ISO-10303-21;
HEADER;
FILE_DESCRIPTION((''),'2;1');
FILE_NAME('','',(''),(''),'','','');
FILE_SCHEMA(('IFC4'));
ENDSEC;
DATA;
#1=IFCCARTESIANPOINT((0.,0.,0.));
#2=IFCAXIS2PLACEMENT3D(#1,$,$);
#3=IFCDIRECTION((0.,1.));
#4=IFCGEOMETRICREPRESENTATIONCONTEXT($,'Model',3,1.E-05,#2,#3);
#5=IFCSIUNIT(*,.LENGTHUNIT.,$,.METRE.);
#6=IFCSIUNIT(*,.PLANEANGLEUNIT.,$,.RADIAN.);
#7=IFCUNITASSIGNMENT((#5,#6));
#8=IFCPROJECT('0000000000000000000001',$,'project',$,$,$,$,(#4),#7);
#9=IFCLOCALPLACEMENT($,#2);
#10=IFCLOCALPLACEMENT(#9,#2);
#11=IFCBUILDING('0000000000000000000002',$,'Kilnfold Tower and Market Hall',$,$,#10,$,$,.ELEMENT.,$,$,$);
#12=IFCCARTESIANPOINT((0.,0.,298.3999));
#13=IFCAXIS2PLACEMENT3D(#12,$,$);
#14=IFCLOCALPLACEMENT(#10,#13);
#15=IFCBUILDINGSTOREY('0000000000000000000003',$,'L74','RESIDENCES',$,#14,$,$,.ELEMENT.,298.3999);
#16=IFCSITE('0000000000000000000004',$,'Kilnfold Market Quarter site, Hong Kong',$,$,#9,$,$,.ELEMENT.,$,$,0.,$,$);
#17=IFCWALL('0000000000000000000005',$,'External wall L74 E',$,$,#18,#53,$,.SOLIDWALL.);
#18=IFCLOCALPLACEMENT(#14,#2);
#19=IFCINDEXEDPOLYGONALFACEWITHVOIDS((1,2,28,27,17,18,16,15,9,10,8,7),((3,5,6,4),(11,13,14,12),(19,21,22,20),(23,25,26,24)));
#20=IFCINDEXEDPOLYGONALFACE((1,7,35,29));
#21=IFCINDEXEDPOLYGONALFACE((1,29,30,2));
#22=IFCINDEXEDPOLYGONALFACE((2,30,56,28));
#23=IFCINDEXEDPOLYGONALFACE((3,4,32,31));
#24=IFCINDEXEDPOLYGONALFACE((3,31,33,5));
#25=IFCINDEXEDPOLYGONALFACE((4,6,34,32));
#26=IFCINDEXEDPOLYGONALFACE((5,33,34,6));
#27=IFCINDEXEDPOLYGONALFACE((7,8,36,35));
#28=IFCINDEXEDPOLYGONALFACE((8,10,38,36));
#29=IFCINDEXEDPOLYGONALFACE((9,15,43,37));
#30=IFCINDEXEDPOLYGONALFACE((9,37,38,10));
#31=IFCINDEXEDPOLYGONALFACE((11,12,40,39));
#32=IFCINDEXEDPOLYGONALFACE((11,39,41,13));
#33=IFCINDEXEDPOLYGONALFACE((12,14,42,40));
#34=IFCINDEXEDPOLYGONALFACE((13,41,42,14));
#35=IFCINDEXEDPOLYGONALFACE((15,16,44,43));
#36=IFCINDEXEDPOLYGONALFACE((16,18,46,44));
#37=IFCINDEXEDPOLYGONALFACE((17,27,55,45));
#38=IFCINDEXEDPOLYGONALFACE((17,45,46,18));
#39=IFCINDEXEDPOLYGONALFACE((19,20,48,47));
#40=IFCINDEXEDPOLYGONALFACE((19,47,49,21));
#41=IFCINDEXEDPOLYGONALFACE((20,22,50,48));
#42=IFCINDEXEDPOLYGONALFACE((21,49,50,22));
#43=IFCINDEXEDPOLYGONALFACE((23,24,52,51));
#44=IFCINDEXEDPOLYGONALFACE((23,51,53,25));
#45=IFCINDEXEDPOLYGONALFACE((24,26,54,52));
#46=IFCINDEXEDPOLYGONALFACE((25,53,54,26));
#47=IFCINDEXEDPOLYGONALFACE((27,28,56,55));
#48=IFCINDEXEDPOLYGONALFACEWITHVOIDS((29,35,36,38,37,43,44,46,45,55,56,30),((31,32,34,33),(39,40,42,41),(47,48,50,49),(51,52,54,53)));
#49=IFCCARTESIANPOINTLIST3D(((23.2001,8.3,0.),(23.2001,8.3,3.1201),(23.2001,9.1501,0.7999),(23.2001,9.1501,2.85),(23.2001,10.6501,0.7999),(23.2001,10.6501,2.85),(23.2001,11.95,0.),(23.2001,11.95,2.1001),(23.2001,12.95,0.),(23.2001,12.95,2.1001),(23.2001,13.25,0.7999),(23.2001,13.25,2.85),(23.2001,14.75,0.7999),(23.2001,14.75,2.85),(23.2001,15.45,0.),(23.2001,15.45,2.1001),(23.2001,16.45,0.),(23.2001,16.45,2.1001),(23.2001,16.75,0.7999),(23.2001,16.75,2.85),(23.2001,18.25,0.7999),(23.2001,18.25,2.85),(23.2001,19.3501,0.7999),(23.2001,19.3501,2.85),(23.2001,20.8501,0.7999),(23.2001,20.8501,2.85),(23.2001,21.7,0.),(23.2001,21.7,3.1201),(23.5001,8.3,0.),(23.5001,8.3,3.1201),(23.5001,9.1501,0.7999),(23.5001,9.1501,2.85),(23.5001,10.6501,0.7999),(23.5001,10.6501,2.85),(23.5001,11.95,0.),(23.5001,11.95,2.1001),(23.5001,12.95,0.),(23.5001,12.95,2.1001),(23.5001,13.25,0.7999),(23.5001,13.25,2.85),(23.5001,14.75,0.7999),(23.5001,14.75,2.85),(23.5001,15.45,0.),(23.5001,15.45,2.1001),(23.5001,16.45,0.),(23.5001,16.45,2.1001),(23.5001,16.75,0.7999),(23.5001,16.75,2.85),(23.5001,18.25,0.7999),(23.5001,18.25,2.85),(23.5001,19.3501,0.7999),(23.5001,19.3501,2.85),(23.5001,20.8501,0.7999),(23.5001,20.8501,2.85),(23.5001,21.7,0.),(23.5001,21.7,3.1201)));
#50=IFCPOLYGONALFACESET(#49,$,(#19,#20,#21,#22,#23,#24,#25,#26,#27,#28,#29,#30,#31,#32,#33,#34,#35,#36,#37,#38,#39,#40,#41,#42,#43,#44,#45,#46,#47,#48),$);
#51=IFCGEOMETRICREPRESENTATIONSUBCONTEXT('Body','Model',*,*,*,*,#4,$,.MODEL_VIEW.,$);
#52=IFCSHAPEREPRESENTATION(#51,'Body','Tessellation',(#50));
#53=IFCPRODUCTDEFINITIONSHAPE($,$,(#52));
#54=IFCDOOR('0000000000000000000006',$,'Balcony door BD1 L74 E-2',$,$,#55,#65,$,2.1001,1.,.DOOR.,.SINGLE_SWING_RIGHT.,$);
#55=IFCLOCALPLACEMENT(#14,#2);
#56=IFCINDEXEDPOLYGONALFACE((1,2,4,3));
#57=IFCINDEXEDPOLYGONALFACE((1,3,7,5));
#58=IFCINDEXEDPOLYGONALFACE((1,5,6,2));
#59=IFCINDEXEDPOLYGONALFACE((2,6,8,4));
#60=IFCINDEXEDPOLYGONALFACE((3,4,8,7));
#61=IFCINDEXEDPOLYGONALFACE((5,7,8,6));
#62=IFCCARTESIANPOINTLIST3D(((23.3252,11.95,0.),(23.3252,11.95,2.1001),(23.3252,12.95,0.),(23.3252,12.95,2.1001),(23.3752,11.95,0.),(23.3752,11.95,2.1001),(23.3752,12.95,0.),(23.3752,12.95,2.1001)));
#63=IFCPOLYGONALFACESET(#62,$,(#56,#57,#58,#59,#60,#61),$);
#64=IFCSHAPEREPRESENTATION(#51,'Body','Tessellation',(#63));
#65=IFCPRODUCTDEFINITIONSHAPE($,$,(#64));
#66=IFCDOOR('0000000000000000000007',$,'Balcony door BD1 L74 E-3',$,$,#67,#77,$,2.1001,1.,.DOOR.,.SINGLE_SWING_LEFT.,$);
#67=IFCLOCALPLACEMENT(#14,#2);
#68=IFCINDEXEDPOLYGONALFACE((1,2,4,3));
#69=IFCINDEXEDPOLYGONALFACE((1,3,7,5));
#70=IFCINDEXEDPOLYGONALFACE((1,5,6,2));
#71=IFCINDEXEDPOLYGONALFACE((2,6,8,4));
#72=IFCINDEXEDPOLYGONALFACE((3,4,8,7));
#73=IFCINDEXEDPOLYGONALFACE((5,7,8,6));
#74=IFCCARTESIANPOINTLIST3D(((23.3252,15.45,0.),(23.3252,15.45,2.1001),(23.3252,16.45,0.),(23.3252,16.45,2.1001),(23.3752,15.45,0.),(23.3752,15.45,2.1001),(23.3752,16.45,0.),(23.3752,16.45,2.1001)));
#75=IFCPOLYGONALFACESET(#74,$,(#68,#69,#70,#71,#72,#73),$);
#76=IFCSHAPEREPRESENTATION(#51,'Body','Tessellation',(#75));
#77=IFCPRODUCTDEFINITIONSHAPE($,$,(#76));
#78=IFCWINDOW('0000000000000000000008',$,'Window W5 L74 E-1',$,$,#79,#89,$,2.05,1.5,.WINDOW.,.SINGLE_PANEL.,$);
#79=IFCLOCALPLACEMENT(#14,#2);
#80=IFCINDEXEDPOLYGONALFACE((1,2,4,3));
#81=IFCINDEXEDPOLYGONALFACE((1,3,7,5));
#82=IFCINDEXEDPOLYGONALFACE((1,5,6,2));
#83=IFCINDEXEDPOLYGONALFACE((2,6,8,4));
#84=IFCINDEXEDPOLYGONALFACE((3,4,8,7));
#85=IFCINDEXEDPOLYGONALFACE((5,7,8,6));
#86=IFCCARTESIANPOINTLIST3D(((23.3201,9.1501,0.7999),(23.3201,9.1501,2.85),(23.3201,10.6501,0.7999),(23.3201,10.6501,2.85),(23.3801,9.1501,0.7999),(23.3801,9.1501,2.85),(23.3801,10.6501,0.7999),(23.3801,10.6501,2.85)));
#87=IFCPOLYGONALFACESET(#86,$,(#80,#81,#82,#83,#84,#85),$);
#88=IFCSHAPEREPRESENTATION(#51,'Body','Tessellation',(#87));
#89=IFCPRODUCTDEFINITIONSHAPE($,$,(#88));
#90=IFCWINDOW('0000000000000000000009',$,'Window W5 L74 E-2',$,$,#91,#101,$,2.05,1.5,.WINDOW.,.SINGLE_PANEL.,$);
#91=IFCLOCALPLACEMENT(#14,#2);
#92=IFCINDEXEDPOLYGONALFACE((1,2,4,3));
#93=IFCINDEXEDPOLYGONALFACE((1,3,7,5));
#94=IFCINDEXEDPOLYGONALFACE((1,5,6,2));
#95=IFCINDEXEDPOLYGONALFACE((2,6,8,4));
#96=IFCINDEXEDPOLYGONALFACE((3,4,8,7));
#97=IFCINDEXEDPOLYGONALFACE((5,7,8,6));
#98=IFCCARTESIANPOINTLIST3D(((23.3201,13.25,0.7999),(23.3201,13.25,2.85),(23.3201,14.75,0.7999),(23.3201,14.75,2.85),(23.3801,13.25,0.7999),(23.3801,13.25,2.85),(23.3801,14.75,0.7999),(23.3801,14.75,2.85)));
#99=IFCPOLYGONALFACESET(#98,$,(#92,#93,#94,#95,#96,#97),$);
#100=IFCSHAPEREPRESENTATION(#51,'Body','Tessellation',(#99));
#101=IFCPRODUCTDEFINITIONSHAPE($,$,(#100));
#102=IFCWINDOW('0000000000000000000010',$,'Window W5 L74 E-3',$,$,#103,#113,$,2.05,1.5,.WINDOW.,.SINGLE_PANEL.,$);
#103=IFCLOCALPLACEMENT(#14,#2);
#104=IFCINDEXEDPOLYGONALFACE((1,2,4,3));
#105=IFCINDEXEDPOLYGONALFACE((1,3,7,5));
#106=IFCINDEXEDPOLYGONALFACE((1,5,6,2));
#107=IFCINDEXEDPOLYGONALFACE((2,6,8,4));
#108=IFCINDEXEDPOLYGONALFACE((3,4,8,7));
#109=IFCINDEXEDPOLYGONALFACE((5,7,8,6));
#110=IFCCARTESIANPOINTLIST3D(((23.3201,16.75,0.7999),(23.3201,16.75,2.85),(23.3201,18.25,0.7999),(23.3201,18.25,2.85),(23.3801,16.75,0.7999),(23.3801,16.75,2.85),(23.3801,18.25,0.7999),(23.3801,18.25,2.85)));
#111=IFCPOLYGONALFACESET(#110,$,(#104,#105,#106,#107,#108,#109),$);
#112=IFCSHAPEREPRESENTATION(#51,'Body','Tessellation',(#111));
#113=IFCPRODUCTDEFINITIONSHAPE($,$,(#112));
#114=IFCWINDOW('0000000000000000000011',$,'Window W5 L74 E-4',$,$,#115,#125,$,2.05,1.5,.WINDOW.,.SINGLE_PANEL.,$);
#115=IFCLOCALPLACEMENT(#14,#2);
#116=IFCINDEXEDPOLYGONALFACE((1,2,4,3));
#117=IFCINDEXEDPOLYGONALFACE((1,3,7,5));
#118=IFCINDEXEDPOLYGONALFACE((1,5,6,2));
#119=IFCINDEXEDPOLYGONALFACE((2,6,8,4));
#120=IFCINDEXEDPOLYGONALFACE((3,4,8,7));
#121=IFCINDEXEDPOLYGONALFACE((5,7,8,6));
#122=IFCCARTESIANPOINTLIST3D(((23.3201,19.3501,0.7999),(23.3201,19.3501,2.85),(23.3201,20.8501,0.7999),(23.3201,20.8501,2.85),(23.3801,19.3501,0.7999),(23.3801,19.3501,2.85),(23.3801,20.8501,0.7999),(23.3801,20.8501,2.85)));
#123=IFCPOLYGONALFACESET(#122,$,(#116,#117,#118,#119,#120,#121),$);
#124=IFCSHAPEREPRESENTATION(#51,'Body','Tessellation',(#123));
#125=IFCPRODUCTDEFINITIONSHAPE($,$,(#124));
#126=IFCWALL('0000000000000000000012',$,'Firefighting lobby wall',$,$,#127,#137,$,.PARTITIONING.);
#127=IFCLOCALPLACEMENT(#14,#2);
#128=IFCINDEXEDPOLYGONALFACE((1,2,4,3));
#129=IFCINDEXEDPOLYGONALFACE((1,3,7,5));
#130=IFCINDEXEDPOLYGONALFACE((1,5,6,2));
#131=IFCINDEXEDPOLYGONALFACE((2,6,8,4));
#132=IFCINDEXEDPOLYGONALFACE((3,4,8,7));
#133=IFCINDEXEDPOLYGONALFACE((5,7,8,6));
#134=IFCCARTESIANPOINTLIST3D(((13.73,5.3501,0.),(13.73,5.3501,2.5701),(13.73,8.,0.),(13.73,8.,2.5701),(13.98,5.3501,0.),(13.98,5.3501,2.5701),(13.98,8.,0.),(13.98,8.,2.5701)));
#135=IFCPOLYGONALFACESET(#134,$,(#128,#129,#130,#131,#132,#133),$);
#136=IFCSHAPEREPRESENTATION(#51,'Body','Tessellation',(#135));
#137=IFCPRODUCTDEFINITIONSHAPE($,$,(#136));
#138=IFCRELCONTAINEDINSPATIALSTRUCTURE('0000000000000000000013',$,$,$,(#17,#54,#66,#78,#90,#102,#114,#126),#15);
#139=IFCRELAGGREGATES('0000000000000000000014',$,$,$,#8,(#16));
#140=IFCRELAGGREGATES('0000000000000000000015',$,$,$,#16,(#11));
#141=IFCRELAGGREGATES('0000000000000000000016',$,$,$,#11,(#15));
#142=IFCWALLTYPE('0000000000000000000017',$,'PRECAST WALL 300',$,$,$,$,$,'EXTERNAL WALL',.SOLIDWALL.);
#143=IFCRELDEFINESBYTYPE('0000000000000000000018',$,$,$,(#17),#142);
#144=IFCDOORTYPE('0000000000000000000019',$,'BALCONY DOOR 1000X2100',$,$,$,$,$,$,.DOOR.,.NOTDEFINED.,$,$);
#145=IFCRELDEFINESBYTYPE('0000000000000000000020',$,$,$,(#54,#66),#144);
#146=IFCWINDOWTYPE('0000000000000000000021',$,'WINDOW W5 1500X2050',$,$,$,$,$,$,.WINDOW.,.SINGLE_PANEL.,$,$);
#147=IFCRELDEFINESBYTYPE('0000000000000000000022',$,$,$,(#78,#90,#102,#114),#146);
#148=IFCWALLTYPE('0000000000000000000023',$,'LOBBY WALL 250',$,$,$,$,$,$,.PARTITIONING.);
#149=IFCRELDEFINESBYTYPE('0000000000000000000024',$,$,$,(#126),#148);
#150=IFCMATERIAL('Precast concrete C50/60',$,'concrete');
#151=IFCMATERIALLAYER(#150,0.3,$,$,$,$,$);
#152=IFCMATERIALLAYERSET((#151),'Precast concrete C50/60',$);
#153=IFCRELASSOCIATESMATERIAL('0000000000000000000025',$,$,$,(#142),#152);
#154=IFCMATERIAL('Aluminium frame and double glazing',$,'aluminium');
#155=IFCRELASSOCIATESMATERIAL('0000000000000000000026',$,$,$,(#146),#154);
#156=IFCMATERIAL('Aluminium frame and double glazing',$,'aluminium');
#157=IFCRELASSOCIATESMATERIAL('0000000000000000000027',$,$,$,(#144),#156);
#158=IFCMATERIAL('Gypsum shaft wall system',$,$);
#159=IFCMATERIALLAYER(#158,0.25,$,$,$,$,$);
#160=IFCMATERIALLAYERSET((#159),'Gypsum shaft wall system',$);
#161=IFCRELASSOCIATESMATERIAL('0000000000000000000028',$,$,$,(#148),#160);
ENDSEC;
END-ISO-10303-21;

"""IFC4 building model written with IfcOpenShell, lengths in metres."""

from ifc_helpers import new_model, si_unit, direction, frame, frame_2d, origin, place, context, subcontext, project, spatial, rectangle, extrude, source, transform, mapped, material, layer, layer_set, type_object, element, fill, save


model = new_model("IFC4")

# Units and contexts
model_context = context("Model", 3, precision=1e-05, world=origin(), true_north=direction((0.0, 1.0)))
body_context = subcontext(model_context, "Body", "Model", "MODEL_VIEW")
ifc_project = project(units=[si_unit("LENGTHUNIT", "METRE"), si_unit("PLANEANGLEUNIT", "RADIAN")], contexts=[model_context])

# Site, building, storey
site_placement = place(None, origin())
site = spatial("IfcSite", under=ifc_project, at=site_placement, Name="Kilnfold Market Quarter site, Hong Kong", CompositionType="ELEMENT", RefElevation=0.0)
building_placement = place(site_placement, origin())
building = spatial("IfcBuilding", under=site, at=building_placement, Name="Kilnfold Tower and Market Hall", CompositionType="ELEMENT")
storey_placement = place(building_placement, frame((0.0, 0.0, 298.3999)))
storey = spatial("IfcBuildingStorey", under=building, at=storey_placement, Name="L74", Description="RESIDENCES", CompositionType="ELEMENT", Elevation=298.3999)

# Shared definitions
ifc_material_1 = material(Name="Precast concrete C50/60", Category="concrete")
ifc_layer_1 = layer(ifc_material_1, 0.3)
ifc_layer_set_1 = layer_set([ifc_layer_1], Name="Precast concrete C50/60")
wall_type_1 = type_object("IfcWallType", Name="PRECAST WALL 300", ElementType="EXTERNAL WALL", PredefinedType="SOLIDWALL", material=ifc_layer_set_1)
ifc_material_2 = material(Name="Aluminium frame and double glazing", Category="aluminium")
window_type = type_object("IfcWindowType", Name="WINDOW W5 1500X2050", PartitioningType="SINGLE_PANEL", PredefinedType="WINDOW", material=ifc_material_2)

# Wall, openings, doors, windows
shared_shape_1 = source(origin(), body_context, "Body", "SweptSolid", [
    extrude(rectangle(XDim=13.3999, YDim=0.3, at=frame_2d((6.7, 0.0))), origin(), (0.0, 0.0, 1.0), 3.1201),
])
wall_1_placement = place(storey_placement, frame((23.3501, 8.3, 0.0), z_axis=(0.0, 0.0, 1.0), x_axis=(0.0, 1.0, 0.0)))
wall_1 = element("IfcWall", 1, at=wall_1_placement, inside=storey, type_object=wall_type_1, Name="External wall L74 E", PredefinedType="SOLIDWALL", context=body_context, shape_type="MappedRepresentation", body=[
    mapped(shared_shape_1, transform((0.0, 0.0, 0.0))),
])
opening_1_placement = place(wall_1_placement, frame((0.8501, 0.0, 0.8)))
opening_1 = element("IfcOpeningElement", 2, at=opening_1_placement, cuts=wall_1, PredefinedType="OPENING", context=body_context, shape_type="SweptSolid", body=[
    extrude(rectangle(XDim=1.5, YDim=2.05, at=frame_2d((0.75, 1.0249))), frame((0.0, 0.1602, 0.0), z_axis=(0.0, -1.0, 0.0), x_axis=(1.0, 0.0, 0.0)), (0.0, 0.0, 1.0), 0.3201),
])
opening_2_placement = place(wall_1_placement, frame((4.95, 0.0, 0.8)))
opening_2 = element("IfcOpeningElement", 3, at=opening_2_placement, cuts=wall_1, PredefinedType="OPENING", context=body_context, shape_type="SweptSolid", body=[
    extrude(rectangle(XDim=1.5, YDim=2.05, at=frame_2d((0.75, 1.0249))), frame((0.0, 0.1602, 0.0), z_axis=(0.0, -1.0, 0.0), x_axis=(1.0, 0.0, 0.0)), (0.0, 0.0, 1.0), 0.3201),
])
opening_3_placement = place(wall_1_placement, frame((3.6499, 0.0, 0.0)))
opening_3 = element("IfcOpeningElement", 4, at=opening_3_placement, cuts=wall_1, PredefinedType="OPENING", context=body_context, shape_type="SweptSolid", body=[
    extrude(rectangle(XDim=1.0, YDim=2.1001, at=frame_2d((0.5, 1.05))), frame((0.0, 0.1602, 0.0), z_axis=(0.0, -1.0, 0.0), x_axis=(1.0, 0.0, 0.0)), (0.0, 0.0, 1.0), 0.3201),
])
opening_4_placement = place(wall_1_placement, frame((8.45, 0.0, 0.8)))
opening_4 = element("IfcOpeningElement", 5, at=opening_4_placement, cuts=wall_1, PredefinedType="OPENING", context=body_context, shape_type="SweptSolid", body=[
    extrude(rectangle(XDim=1.5, YDim=2.05, at=frame_2d((0.75, 1.0249))), frame((0.0, 0.1602, 0.0), z_axis=(0.0, -1.0, 0.0), x_axis=(1.0, 0.0, 0.0)), (0.0, 0.0, 1.0), 0.3201),
])
opening_5_placement = place(wall_1_placement, frame((7.1499, 0.0, 0.0)))
opening_5 = element("IfcOpeningElement", 6, at=opening_5_placement, cuts=wall_1, PredefinedType="OPENING", context=body_context, shape_type="SweptSolid", body=[
    extrude(rectangle(XDim=1.0, YDim=2.1001, at=frame_2d((0.5, 1.05))), frame((0.0, 0.1602, 0.0), z_axis=(0.0, -1.0, 0.0), x_axis=(1.0, 0.0, 0.0)), (0.0, 0.0, 1.0), 0.3201),
])
opening_6_placement = place(wall_1_placement, frame((11.05, 0.0, 0.8)))
opening_6 = element("IfcOpeningElement", 7, at=opening_6_placement, cuts=wall_1, PredefinedType="OPENING", context=body_context, shape_type="SweptSolid", body=[
    extrude(rectangle(XDim=1.5, YDim=2.05, at=frame_2d((0.75, 1.0249))), frame((0.0, 0.1602, 0.0), z_axis=(0.0, -1.0, 0.0), x_axis=(1.0, 0.0, 0.0)), (0.0, 0.0, 1.0), 0.3201),
])
ifc_material_3 = material(Name="Aluminium frame and double glazing", Category="aluminium")
door_type_1 = type_object("IfcDoorType", Name="BALCONY DOOR 1000X2100", OperationType="NOTDEFINED", PredefinedType="DOOR", material=ifc_material_3)
door_1_placement = place(opening_3_placement, origin())
door_1 = element("IfcDoor", 8, at=door_1_placement, inside=storey, type_object=door_type_1, Name="Balcony door BD1 L74 E-2", OperationType="SINGLE_SWING_RIGHT", OverallHeight=2.1001, OverallWidth=1.0, PredefinedType="DOOR", context=body_context, shape_type="SweptSolid", body=[
    extrude(rectangle(XDim=1.0, YDim=2.1001, at=frame_2d((0.5, 1.05))), frame((0.0, 0.0249, 0.0), z_axis=(0.0, -1.0, 0.0), x_axis=(1.0, 0.0, 0.0)), (0.0, 0.0, 1.0), 0.05),
])
fill(opening_3, door_1)
door_2_placement = place(opening_5_placement, origin())
door_2 = element("IfcDoor", 9, at=door_2_placement, inside=storey, type_object=door_type_1, Name="Balcony door BD1 L74 E-3", OperationType="SINGLE_SWING_LEFT", OverallHeight=2.1001, OverallWidth=1.0, PredefinedType="DOOR", context=body_context, shape_type="SweptSolid", body=[
    extrude(rectangle(XDim=1.0, YDim=2.1001, at=frame_2d((0.5, 1.05))), frame((0.0, 0.0249, 0.0), z_axis=(0.0, -1.0, 0.0), x_axis=(1.0, 0.0, 0.0)), (0.0, 0.0, 1.0), 0.05),
])
fill(opening_5, door_2)
window_1_placement = place(opening_1_placement, origin())
window_1 = element("IfcWindow", 10, at=window_1_placement, inside=storey, type_object=window_type, Name="Window W5 L74 E-1", OverallHeight=2.05, OverallWidth=1.5, PartitioningType="SINGLE_PANEL", PredefinedType="WINDOW", context=body_context, shape_type="SweptSolid", body=[
    extrude(rectangle(XDim=1.5, YDim=2.05, at=frame_2d((0.75, 1.0249))), frame((0.0, 0.03, 0.0), z_axis=(0.0, -1.0, 0.0), x_axis=(1.0, 0.0, 0.0)), (0.0, 0.0, 1.0), 0.0601),
])
fill(opening_1, window_1)
window_2_placement = place(opening_2_placement, origin())
window_2 = element("IfcWindow", 11, at=window_2_placement, inside=storey, type_object=window_type, Name="Window W5 L74 E-2", OverallHeight=2.05, OverallWidth=1.5, PartitioningType="SINGLE_PANEL", PredefinedType="WINDOW", context=body_context, shape_type="SweptSolid", body=[
    extrude(rectangle(XDim=1.5, YDim=2.05, at=frame_2d((0.75, 1.0249))), frame((0.0, 0.03, 0.0), z_axis=(0.0, -1.0, 0.0), x_axis=(1.0, 0.0, 0.0)), (0.0, 0.0, 1.0), 0.0601),
])
fill(opening_2, window_2)
window_3_placement = place(opening_4_placement, origin())
window_3 = element("IfcWindow", 12, at=window_3_placement, inside=storey, type_object=window_type, Name="Window W5 L74 E-3", OverallHeight=2.05, OverallWidth=1.5, PartitioningType="SINGLE_PANEL", PredefinedType="WINDOW", context=body_context, shape_type="SweptSolid", body=[
    extrude(rectangle(XDim=1.5, YDim=2.05, at=frame_2d((0.75, 1.0249))), frame((0.0, 0.03, 0.0), z_axis=(0.0, -1.0, 0.0), x_axis=(1.0, 0.0, 0.0)), (0.0, 0.0, 1.0), 0.0601),
])
fill(opening_4, window_3)
window_4_placement = place(opening_6_placement, origin())
window_4 = element("IfcWindow", 13, at=window_4_placement, inside=storey, type_object=window_type, Name="Window W5 L74 E-4", OverallHeight=2.05, OverallWidth=1.5, PartitioningType="SINGLE_PANEL", PredefinedType="WINDOW", context=body_context, shape_type="SweptSolid", body=[
    extrude(rectangle(XDim=1.5, YDim=2.05, at=frame_2d((0.75, 1.0249))), frame((0.0, 0.03, 0.0), z_axis=(0.0, -1.0, 0.0), x_axis=(1.0, 0.0, 0.0)), (0.0, 0.0, 1.0), 0.0601),
])
fill(opening_6, window_4)

# Wall
ifc_material_4 = material(Name="Gypsum shaft wall system")
ifc_layer_2 = layer(ifc_material_4, 0.25)
ifc_layer_set_2 = layer_set([ifc_layer_2], Name="Gypsum shaft wall system")
wall_type_2 = type_object("IfcWallType", Name="LOBBY WALL 250", PredefinedType="PARTITIONING", material=ifc_layer_set_2)
shared_shape_2 = source(origin(), body_context, "Body", "SweptSolid", [
    extrude(rectangle(XDim=2.6499, YDim=0.25, at=frame_2d((1.325, 0.0))), origin(), (0.0, 0.0, 1.0), 2.5701),
])
wall_2_placement = place(storey_placement, frame((13.855, 5.3501, 0.0), z_axis=(0.0, 0.0, 1.0), x_axis=(0.0, 1.0, 0.0)))
element("IfcWall", 14, at=wall_2_placement, inside=storey, type_object=wall_type_2, Name="Firefighting lobby wall", PredefinedType="PARTITIONING", context=body_context, shape_type="MappedRepresentation", body=[
    mapped(shared_shape_2, transform((0.0, 0.0, 0.0))),
])

save(model, "model.ifc")
